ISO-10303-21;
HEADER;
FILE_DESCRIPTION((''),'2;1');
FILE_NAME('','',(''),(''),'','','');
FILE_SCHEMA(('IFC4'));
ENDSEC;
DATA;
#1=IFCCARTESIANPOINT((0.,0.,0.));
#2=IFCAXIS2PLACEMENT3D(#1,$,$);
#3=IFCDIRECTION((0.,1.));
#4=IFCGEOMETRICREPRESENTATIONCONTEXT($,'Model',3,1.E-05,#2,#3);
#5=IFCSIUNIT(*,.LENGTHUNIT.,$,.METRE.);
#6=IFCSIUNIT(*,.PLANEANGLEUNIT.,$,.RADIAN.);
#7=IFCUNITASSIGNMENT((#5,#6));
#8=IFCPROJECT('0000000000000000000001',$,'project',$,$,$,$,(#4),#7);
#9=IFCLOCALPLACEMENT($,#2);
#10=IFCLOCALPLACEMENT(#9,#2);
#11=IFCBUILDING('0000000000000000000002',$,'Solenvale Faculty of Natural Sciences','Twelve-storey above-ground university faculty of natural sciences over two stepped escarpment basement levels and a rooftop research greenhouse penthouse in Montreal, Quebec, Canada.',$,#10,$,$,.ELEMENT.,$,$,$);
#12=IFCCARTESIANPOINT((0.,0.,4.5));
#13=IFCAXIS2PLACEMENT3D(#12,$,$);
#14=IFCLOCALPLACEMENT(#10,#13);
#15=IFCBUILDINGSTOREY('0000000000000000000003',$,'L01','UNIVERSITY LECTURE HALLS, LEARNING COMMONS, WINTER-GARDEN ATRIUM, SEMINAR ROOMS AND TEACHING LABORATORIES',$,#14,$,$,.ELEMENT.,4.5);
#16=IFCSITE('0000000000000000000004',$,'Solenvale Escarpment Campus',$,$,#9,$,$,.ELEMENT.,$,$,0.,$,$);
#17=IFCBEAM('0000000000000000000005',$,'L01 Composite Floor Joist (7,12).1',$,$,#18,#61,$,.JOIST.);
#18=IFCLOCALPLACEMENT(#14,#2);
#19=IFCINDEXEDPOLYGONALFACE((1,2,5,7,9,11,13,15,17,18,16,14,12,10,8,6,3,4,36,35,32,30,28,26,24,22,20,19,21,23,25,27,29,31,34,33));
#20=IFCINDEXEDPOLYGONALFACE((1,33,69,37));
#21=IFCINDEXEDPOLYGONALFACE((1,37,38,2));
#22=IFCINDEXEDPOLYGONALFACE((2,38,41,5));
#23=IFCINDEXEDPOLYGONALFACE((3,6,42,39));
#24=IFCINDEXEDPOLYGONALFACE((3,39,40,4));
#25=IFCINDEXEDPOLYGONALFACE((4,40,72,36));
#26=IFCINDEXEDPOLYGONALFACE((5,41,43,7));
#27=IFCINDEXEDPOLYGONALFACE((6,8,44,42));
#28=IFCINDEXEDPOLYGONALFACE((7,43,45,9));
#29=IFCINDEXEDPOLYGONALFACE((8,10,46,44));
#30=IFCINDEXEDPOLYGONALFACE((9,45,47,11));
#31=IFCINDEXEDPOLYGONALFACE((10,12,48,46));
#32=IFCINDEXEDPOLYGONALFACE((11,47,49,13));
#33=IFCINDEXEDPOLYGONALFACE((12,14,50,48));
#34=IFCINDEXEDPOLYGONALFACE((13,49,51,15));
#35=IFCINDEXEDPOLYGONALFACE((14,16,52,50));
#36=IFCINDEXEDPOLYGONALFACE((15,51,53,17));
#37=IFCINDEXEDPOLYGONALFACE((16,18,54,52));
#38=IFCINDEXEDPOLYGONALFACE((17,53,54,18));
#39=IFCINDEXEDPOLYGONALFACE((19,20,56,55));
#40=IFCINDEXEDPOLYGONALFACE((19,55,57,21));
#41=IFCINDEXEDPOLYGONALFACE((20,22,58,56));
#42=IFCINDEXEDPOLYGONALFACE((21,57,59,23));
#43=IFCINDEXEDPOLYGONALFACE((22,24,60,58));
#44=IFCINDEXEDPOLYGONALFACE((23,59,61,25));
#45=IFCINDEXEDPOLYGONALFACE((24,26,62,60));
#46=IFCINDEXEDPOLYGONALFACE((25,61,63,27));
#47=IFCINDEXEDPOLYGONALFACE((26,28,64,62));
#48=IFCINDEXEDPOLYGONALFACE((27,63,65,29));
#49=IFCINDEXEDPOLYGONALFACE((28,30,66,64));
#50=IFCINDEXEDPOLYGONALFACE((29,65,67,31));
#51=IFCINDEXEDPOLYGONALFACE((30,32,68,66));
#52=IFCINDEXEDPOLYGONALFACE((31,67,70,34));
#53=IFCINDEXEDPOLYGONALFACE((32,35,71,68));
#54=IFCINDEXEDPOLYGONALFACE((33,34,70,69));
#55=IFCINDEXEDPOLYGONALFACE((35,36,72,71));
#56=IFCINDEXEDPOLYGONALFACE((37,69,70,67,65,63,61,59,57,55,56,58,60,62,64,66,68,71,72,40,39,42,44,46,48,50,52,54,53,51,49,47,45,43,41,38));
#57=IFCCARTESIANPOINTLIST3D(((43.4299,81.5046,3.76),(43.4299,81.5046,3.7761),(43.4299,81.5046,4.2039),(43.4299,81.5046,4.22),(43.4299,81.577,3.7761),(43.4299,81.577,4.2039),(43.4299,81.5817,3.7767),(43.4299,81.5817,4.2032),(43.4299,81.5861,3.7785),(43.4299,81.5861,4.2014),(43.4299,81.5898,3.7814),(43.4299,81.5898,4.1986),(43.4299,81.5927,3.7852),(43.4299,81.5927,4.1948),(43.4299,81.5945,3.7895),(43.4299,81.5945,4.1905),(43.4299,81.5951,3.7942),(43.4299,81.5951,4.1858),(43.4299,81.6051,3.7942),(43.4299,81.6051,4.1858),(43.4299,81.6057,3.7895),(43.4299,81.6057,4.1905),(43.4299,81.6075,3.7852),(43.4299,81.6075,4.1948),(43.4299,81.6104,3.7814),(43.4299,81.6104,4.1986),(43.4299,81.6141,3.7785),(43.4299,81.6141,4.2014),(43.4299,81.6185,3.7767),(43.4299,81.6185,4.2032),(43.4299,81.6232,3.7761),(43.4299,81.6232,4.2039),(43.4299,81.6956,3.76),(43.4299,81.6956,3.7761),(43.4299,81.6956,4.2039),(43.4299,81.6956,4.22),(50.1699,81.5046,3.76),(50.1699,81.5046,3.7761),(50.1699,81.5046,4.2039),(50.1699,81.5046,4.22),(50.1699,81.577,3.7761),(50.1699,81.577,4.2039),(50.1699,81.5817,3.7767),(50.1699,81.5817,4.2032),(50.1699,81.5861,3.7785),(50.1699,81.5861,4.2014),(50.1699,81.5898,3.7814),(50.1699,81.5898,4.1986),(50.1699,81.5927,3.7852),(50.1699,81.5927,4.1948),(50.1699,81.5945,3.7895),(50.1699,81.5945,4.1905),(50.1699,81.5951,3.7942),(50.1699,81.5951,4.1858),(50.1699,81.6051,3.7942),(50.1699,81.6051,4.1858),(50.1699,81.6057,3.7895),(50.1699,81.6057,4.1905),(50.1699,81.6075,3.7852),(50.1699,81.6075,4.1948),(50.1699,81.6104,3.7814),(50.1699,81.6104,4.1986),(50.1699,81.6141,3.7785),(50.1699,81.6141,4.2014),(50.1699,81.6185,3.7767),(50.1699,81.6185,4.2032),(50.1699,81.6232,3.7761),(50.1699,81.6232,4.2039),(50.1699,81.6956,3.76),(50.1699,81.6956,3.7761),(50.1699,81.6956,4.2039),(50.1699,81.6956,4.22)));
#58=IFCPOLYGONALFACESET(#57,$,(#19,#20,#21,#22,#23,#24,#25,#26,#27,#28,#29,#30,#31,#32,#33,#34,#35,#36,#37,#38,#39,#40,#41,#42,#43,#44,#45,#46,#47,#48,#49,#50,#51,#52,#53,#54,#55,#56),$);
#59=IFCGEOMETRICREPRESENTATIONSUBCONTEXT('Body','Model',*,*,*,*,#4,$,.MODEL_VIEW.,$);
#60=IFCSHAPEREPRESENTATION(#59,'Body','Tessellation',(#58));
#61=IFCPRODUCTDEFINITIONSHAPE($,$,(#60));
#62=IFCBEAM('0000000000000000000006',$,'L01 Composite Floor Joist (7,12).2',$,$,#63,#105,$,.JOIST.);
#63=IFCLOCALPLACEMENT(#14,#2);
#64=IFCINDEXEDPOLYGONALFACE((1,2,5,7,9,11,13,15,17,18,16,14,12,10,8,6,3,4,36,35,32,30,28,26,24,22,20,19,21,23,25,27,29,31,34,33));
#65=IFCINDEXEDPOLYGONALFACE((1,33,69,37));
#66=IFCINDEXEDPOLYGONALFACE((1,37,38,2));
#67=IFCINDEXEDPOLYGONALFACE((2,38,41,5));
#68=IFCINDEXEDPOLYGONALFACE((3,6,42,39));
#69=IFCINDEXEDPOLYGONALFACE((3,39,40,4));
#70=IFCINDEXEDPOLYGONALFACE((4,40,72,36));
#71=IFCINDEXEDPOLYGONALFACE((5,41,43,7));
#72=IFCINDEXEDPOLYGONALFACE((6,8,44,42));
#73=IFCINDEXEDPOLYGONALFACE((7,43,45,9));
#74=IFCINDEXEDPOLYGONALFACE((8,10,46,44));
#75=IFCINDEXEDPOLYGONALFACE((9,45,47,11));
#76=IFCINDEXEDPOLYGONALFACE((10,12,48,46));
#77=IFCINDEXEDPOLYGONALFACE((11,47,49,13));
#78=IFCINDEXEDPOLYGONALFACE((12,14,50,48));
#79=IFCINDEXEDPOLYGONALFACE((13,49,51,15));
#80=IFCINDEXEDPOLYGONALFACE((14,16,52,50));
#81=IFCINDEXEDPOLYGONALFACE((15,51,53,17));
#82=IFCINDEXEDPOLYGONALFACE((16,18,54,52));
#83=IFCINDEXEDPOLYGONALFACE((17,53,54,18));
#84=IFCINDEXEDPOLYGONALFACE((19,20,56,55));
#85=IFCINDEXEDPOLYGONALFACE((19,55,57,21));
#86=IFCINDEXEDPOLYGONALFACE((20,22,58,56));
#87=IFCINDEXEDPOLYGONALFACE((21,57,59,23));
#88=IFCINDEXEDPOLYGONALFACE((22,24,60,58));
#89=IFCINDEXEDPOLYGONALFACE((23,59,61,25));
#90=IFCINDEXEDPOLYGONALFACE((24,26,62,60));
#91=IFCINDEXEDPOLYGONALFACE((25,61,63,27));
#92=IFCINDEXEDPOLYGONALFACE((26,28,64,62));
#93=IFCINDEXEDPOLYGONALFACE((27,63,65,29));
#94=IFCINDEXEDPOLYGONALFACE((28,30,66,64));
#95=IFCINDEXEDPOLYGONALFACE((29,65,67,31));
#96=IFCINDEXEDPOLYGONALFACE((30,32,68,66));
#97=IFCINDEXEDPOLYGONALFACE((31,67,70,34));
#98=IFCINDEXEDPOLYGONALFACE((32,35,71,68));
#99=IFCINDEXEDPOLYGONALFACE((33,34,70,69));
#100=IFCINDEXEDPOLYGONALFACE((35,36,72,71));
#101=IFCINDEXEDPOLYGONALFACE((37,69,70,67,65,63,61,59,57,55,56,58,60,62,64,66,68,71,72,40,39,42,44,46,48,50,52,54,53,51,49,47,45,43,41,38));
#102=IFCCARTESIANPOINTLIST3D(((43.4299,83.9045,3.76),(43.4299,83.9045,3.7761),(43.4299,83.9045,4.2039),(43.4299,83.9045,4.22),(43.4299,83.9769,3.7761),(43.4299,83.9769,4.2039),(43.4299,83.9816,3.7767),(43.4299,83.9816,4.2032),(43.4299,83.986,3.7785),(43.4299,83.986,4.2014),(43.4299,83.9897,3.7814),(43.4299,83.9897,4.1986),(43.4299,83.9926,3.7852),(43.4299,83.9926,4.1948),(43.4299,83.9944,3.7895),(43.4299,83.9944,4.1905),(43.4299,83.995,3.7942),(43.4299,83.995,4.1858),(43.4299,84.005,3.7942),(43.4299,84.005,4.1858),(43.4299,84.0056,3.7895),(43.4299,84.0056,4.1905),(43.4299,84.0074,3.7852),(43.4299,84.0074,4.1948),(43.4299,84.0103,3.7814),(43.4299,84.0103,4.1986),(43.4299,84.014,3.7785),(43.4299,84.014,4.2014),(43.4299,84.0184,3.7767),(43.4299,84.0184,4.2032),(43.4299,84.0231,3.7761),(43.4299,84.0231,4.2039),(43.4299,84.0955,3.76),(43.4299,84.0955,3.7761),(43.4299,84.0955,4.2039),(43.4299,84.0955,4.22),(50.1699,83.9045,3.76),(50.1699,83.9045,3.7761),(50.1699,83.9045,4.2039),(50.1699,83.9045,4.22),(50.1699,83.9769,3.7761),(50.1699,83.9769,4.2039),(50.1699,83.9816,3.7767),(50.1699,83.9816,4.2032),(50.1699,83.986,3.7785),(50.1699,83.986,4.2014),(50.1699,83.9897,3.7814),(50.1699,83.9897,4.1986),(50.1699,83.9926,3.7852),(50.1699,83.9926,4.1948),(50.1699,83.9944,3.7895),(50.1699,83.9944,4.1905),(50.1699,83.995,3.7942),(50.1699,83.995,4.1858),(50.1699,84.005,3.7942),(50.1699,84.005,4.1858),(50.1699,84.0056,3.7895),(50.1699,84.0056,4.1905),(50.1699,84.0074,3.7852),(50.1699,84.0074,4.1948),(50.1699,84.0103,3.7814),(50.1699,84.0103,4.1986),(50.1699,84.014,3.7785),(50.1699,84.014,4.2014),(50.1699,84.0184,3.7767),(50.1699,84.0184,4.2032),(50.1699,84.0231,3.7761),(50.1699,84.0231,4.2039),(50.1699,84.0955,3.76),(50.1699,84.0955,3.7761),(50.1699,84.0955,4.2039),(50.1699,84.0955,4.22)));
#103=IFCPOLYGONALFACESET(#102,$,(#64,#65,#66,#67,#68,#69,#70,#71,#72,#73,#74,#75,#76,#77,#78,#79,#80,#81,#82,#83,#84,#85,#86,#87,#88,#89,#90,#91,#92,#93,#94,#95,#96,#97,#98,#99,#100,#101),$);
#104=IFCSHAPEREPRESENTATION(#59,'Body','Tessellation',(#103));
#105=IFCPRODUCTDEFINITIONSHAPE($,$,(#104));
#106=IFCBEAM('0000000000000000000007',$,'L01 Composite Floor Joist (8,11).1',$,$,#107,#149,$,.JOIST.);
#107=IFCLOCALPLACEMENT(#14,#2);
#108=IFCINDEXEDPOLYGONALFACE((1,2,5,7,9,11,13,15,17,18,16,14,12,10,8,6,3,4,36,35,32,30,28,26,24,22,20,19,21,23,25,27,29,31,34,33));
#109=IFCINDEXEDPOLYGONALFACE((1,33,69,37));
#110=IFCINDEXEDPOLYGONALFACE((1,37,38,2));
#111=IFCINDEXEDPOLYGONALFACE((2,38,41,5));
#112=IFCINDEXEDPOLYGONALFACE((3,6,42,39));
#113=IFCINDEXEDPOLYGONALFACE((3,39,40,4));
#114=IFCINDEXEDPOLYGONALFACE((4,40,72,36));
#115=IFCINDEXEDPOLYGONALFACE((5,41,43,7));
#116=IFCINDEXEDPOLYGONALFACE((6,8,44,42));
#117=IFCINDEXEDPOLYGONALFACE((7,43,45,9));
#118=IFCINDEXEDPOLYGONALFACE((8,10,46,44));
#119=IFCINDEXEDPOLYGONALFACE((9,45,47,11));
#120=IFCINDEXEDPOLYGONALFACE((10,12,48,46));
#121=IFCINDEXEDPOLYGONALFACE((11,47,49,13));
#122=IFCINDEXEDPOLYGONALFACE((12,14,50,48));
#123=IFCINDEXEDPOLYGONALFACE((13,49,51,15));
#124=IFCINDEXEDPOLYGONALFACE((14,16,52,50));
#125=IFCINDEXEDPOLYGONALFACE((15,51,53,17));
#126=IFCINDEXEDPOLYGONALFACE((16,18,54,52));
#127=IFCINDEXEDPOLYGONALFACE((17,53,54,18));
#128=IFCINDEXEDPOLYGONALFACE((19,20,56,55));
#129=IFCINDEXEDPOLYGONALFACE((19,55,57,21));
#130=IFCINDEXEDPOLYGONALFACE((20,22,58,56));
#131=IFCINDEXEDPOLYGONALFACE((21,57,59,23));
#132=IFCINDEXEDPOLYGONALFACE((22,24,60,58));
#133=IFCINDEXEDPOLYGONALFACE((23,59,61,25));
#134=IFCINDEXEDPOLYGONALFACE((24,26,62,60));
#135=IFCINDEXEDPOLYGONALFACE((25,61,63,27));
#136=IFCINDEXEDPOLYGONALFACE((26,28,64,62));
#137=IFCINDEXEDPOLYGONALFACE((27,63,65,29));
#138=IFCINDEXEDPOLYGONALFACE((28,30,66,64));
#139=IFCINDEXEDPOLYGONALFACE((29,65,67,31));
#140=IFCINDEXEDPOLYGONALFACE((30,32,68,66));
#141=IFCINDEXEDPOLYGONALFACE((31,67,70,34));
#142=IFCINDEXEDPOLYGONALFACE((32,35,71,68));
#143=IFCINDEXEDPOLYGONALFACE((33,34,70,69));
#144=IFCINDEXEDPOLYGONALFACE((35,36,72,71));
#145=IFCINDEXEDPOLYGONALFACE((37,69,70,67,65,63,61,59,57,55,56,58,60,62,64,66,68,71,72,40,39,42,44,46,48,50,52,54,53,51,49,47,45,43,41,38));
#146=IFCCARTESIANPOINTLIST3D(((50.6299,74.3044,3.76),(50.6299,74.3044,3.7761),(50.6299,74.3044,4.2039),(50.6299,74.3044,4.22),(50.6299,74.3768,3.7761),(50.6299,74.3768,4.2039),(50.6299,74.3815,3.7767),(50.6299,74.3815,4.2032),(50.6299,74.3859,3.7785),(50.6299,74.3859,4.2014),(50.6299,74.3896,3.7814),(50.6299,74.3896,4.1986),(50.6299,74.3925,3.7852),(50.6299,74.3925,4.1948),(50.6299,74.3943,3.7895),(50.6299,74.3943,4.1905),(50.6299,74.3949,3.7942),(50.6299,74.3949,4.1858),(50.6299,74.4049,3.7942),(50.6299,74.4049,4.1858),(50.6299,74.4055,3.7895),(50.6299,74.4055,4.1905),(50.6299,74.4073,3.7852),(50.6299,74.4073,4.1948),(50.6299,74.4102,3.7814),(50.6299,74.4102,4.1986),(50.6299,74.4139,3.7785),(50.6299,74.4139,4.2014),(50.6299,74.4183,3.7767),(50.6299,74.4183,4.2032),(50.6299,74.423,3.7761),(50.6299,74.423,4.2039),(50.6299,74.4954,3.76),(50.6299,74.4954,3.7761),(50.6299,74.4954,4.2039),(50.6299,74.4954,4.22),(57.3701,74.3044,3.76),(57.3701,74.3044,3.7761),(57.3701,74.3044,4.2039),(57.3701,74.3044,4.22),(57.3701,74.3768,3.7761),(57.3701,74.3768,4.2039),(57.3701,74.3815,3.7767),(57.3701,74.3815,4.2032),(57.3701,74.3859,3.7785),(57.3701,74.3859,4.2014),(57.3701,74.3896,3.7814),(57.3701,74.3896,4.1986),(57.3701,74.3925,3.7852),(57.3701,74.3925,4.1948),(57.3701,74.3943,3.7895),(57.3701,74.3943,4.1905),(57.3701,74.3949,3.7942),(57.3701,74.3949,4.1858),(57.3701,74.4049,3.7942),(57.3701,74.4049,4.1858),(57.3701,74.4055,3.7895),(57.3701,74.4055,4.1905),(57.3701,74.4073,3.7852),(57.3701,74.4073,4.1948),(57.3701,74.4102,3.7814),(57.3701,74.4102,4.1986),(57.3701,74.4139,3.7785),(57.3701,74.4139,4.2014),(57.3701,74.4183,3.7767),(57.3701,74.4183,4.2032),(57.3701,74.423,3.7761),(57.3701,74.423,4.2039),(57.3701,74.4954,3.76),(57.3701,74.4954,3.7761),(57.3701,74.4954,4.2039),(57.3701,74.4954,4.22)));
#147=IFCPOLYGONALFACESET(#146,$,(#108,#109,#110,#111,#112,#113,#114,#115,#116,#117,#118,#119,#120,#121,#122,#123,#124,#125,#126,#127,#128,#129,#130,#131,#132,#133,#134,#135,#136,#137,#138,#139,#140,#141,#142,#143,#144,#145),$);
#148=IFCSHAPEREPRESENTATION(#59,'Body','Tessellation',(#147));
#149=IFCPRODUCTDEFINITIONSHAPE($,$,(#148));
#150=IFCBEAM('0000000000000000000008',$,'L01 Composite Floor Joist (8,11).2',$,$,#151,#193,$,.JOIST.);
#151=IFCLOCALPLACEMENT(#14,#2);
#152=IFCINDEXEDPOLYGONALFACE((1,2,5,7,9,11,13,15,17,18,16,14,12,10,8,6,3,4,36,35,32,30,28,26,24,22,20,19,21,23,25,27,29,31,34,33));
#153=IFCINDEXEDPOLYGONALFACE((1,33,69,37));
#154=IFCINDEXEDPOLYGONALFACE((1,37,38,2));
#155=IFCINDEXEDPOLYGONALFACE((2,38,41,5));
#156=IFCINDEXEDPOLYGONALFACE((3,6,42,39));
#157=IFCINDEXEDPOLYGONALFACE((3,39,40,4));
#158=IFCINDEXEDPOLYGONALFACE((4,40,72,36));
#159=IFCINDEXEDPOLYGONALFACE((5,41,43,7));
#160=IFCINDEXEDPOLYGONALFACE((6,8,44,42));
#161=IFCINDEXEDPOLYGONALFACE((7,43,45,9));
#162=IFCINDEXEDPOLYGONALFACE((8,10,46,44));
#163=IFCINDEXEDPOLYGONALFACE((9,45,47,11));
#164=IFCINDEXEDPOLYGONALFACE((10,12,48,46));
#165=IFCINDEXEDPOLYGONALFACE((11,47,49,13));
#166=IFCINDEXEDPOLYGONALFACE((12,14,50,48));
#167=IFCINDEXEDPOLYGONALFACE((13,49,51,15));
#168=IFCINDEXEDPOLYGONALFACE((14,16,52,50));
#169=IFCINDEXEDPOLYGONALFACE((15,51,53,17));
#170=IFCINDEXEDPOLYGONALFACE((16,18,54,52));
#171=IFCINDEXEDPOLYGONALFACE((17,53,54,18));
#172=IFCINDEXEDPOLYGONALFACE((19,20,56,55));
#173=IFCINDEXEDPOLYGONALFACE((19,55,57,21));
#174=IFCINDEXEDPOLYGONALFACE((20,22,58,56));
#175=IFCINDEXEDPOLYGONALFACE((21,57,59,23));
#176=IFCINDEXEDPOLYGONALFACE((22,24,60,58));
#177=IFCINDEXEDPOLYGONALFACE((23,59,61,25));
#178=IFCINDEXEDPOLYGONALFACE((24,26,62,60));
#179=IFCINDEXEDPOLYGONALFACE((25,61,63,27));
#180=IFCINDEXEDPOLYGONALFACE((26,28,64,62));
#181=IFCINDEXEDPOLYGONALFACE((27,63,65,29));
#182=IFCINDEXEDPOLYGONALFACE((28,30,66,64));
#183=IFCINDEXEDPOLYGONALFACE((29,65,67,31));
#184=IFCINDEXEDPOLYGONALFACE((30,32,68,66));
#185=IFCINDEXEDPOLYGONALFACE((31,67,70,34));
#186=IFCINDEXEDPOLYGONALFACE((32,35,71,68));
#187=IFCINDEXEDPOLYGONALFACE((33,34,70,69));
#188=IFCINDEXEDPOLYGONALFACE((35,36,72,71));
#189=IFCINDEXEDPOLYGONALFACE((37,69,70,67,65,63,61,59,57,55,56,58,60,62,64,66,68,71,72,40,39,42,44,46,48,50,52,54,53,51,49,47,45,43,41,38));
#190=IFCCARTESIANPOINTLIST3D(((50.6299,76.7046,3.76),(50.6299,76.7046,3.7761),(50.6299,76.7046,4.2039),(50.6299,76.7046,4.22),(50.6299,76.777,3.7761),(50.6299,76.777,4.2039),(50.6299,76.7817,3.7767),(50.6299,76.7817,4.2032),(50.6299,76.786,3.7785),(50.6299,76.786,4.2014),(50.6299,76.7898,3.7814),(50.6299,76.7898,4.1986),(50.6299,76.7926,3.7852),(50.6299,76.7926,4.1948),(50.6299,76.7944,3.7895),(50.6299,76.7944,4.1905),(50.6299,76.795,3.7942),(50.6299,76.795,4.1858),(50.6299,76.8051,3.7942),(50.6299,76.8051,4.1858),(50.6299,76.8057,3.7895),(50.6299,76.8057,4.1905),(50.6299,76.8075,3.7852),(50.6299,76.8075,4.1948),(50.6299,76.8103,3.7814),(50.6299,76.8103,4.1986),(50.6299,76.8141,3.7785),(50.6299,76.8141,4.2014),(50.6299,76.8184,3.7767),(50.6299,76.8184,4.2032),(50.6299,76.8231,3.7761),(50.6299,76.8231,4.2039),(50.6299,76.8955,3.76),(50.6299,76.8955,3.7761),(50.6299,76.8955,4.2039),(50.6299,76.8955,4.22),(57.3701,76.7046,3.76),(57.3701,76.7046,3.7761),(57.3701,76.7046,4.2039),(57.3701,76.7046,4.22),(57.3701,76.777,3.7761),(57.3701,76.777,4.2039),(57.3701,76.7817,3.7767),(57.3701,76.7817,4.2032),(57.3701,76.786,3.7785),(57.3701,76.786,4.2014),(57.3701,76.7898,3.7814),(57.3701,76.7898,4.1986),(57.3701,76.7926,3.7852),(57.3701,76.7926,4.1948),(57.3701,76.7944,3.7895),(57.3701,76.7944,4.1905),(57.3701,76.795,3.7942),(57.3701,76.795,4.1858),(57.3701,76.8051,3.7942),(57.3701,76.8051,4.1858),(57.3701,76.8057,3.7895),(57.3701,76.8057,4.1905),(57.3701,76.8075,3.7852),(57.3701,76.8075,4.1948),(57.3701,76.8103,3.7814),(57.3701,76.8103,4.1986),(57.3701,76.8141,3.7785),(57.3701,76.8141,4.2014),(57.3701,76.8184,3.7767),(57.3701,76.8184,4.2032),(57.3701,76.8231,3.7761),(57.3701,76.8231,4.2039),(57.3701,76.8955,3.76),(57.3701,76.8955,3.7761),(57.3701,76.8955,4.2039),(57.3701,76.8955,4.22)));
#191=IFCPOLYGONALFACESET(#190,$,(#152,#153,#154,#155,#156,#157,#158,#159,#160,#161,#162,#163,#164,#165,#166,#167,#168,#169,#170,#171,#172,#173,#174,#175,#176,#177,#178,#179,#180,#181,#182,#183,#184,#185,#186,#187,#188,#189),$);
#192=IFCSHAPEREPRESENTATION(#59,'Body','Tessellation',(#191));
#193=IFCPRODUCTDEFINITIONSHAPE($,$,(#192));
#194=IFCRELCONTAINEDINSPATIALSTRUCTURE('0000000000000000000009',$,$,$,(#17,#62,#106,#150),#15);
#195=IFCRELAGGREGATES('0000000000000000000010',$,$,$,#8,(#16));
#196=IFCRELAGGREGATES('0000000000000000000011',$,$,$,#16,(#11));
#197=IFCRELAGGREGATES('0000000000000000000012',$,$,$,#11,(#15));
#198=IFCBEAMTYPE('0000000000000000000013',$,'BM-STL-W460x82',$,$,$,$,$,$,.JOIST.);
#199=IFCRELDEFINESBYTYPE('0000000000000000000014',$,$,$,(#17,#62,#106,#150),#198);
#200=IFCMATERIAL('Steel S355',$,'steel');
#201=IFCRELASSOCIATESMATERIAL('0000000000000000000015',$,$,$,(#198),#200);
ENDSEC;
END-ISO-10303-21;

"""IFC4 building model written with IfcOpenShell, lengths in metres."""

from ifc_helpers import new_model, si_unit, direction, frame, origin, origin_2d, place, context, subcontext, project, spatial, i_section, extrude, material, material_profile, profile_set, type_object, element, save


model = new_model("IFC4")

# Units and contexts
model_context = context("Model", 3, precision=1e-05, world=origin(), true_north=direction((0.0, 1.0)))
body_context = subcontext(model_context, "Body", "Model", "MODEL_VIEW")
ifc_project = project(units=[si_unit("LENGTHUNIT", "METRE"), si_unit("PLANEANGLEUNIT", "RADIAN")], contexts=[model_context])

# Site, building, storey
site_placement = place(None, origin())
site = spatial("IfcSite", under=ifc_project, at=site_placement, Name="Solenvale Escarpment Campus", CompositionType="ELEMENT", RefElevation=0.0)
building_placement = place(site_placement, origin())
building = spatial("IfcBuilding", under=site, at=building_placement, Name="Solenvale Faculty of Natural Sciences", Description="Twelve-storey above-ground university faculty of natural sciences over two stepped escarpment basement levels and a rooftop research greenhouse penthouse in Montreal, Quebec, Canada.", CompositionType="ELEMENT")
storey_placement = place(building_placement, frame((0.0, 0.0, 4.5)))
storey = spatial("IfcBuildingStorey", under=building, at=storey_placement, Name="L01", Description="UNIVERSITY LECTURE HALLS, LEARNING COMMONS, WINTER-GARDEN ATRIUM, SEMINAR ROOMS AND TEACHING LABORATORIES", CompositionType="ELEMENT", Elevation=4.5)

# Beams
ifc_material_1 = material(Name="Steel S355", Category="steel")
ifc_material_profile_1 = material_profile(ifc_material_1, i_section(OverallWidth=0.1909, OverallDepth=0.46, WebThickness=0.01, FlangeThickness=0.0161, FilletRadius=0.0181, at=origin_2d()), Name="W460x82")
ifc_profile_set_1 = profile_set([ifc_material_profile_1], Name="Steel S355")
beam_type_1 = type_object("IfcBeamType", Name="BM-STL-W460x82", PredefinedType="JOIST", material=ifc_profile_set_1)
for number, where, z_axis, x_axis, name in (
    (1, (43.4299, 81.6001, 3.99), (1.0, 0.0, 0.0), (0.0, 1.0, 0.0), "L01 Composite Floor Joist (7,12).1"),
    (2, (43.4299, 84.0, 3.99), (1.0, 0.0, 0.0), (0.0, 1.0, 0.0), "L01 Composite Floor Joist (7,12).2"),
):
    element("IfcBeam", number, at=place(storey_placement, frame(where, z_axis=z_axis, x_axis=x_axis)), inside=storey, type_object=beam_type_1, Name=name, PredefinedType="JOIST", context=body_context, shape_type="SweptSolid", body=[
        extrude(i_section(OverallWidth=0.1909, OverallDepth=0.46, WebThickness=0.01, FlangeThickness=0.0161, FilletRadius=0.0181, at=origin_2d()), origin(), (0.0, 0.0, 1.0), 6.74),
    ])
for number, where, z_axis, x_axis, name in (
    (3, (50.6299, 74.3999, 3.99), (1.0, 0.0, 0.0), (0.0, 1.0, 0.0), "L01 Composite Floor Joist (8,11).1"),
    (4, (50.6299, 76.8, 3.99), (1.0, 0.0, 0.0), (0.0, 1.0, 0.0), "L01 Composite Floor Joist (8,11).2"),
):
    element("IfcBeam", number, at=place(storey_placement, frame(where, z_axis=z_axis, x_axis=x_axis)), inside=storey, type_object=beam_type_1, Name=name, PredefinedType="JOIST", context=body_context, shape_type="SweptSolid", body=[
        extrude(i_section(OverallWidth=0.1909, OverallDepth=0.46, WebThickness=0.01, FlangeThickness=0.0161, FilletRadius=0.0181, at=origin_2d()), origin(), (0.0, 0.0, 1.0), 6.7402),
    ])

save(model, "model.ifc")
